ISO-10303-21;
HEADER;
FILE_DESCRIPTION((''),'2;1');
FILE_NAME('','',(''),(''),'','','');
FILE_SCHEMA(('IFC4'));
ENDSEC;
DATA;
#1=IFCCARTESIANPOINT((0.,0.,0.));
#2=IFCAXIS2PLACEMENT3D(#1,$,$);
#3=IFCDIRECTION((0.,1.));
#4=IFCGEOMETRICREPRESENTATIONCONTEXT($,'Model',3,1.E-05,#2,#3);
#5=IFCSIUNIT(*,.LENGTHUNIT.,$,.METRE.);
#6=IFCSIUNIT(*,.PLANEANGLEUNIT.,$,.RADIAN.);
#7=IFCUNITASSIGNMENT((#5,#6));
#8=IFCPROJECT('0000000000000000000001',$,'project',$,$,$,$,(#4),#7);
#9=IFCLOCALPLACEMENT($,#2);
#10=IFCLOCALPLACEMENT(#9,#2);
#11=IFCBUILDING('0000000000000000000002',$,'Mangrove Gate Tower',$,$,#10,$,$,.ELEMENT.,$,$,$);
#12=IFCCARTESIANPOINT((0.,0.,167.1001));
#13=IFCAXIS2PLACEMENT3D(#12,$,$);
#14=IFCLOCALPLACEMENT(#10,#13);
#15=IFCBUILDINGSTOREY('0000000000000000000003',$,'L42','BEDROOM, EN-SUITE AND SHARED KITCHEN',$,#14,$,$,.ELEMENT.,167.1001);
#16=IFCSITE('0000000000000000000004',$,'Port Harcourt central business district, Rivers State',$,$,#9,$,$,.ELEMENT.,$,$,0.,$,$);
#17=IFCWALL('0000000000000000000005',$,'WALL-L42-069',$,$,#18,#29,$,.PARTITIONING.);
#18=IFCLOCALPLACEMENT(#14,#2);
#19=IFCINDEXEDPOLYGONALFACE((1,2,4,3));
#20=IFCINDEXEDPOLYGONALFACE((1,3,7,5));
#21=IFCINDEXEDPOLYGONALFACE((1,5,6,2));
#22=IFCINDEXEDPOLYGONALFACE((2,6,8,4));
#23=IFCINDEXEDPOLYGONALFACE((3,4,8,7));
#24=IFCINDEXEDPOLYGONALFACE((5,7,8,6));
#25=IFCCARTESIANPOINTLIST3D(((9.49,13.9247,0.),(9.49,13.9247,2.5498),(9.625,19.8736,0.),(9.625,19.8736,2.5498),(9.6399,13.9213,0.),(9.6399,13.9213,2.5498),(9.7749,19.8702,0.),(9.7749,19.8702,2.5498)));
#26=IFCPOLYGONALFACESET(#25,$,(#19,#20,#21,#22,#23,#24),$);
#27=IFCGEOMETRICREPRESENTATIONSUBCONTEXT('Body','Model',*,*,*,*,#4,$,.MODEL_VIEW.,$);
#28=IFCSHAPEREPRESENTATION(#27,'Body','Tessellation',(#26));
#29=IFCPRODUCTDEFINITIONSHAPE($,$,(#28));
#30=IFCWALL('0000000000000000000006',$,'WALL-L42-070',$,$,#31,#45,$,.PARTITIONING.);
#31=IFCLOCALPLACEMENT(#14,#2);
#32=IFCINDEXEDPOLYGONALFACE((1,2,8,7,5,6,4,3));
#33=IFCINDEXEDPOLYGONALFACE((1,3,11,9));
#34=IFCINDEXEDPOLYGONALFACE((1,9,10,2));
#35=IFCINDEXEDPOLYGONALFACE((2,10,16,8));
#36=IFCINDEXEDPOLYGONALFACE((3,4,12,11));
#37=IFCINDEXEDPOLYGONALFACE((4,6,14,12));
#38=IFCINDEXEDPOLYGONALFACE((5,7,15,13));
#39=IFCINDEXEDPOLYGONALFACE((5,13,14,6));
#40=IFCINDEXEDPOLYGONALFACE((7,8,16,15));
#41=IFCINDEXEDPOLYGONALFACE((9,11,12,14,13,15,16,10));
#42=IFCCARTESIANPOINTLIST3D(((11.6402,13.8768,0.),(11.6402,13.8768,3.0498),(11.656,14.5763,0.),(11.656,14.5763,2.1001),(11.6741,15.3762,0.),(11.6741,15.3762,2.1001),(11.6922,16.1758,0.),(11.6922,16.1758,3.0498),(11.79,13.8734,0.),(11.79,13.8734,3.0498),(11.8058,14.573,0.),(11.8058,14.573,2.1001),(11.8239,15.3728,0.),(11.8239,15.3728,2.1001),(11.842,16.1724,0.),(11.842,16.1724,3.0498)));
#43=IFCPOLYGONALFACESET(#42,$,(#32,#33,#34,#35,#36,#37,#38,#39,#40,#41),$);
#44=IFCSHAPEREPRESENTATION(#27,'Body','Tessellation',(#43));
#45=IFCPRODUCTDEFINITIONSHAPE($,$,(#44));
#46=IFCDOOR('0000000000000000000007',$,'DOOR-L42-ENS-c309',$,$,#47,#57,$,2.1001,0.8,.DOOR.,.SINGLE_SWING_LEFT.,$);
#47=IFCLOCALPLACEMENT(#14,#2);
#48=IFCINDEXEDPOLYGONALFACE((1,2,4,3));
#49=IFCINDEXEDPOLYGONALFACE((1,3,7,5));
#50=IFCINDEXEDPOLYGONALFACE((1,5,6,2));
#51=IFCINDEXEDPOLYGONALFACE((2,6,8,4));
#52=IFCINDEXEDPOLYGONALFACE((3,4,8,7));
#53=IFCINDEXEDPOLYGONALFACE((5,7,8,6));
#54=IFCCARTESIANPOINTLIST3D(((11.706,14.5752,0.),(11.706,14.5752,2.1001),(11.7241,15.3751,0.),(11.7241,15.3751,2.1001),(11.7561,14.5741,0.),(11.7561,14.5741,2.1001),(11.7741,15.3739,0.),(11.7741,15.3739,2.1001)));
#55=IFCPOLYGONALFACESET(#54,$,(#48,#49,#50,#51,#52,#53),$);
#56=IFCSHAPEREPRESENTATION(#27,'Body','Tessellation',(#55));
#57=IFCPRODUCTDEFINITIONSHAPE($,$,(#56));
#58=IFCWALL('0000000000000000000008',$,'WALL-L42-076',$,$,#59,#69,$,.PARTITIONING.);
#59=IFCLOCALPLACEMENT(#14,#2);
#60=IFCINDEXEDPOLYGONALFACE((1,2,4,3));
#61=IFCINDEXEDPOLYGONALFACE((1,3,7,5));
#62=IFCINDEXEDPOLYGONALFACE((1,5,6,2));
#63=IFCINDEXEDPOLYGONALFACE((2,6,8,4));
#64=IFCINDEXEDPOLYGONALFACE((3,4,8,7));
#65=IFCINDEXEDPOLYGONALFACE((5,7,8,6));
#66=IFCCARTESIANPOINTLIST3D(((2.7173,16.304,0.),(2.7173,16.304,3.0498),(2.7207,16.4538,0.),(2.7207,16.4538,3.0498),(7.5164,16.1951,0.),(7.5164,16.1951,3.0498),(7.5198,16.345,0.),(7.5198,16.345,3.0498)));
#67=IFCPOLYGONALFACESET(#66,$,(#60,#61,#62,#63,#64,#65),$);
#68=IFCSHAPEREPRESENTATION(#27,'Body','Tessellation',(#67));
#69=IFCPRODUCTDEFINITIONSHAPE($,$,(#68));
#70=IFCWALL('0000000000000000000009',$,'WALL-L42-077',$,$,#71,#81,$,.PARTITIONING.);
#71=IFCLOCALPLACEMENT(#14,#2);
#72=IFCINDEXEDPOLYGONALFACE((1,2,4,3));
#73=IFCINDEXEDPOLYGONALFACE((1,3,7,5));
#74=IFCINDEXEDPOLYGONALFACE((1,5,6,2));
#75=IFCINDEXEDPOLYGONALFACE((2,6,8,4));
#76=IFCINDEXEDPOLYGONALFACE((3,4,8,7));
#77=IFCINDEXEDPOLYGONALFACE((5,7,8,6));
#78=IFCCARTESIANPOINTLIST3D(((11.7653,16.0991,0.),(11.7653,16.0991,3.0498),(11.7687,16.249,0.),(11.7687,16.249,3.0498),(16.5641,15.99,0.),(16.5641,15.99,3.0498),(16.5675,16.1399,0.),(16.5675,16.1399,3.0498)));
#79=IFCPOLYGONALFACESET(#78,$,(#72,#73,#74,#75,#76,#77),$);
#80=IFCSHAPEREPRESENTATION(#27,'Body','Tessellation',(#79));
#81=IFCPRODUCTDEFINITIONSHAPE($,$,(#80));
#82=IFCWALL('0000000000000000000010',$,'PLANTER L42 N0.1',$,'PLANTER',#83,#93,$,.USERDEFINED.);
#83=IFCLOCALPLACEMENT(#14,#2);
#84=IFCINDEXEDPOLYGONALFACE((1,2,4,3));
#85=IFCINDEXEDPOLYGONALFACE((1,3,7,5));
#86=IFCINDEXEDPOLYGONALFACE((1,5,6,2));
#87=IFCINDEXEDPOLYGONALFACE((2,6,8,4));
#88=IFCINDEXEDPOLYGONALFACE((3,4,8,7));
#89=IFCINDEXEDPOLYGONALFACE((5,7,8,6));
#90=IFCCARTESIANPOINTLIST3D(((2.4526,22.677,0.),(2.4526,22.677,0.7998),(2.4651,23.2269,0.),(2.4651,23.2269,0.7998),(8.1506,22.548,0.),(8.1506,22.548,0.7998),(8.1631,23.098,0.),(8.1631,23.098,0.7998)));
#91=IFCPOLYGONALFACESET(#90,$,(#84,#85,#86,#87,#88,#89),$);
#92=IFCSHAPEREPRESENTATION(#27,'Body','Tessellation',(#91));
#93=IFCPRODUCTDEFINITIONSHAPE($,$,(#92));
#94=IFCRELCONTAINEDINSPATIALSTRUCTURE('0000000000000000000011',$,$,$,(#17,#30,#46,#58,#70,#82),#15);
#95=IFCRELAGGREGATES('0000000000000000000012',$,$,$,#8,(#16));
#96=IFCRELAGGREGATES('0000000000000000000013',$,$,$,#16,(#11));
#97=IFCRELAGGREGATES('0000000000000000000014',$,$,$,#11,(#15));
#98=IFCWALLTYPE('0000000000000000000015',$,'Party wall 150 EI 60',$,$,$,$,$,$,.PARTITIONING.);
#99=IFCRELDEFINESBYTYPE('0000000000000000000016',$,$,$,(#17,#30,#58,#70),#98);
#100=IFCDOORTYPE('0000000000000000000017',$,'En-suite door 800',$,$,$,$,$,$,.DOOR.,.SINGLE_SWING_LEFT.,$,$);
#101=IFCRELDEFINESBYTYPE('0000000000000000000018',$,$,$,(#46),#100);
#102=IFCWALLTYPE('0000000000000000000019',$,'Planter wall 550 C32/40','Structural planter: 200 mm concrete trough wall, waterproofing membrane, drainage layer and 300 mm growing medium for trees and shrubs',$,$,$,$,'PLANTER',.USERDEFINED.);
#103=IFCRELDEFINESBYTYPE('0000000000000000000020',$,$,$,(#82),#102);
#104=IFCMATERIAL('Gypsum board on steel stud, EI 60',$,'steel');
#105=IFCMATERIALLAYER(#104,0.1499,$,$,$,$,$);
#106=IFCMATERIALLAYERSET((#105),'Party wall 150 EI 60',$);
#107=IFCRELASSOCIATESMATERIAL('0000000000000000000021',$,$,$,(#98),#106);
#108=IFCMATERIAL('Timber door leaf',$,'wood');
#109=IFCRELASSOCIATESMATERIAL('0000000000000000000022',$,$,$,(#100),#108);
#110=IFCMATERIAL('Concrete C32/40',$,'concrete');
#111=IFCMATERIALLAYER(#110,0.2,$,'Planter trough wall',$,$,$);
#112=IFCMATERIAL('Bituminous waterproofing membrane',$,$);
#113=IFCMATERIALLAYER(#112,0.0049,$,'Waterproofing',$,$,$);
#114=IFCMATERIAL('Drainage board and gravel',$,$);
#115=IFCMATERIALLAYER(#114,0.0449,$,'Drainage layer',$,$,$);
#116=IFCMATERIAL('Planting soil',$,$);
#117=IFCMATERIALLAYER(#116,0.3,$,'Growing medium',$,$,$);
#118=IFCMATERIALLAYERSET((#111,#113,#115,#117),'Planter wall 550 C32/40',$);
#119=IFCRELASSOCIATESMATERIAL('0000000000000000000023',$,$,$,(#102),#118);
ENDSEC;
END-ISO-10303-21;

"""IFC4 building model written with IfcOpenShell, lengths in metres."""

from ifc_helpers import new_model, si_unit, direction, frame, frame_2d, origin, place, context, subcontext, project, spatial, rectangle, extrude, material, layer, layer_set, type_object, element, fill, save


model = new_model("IFC4")

# Units and contexts
model_context = context("Model", 3, precision=1e-05, world=origin(), true_north=direction((0.0, 1.0)))
body_context = subcontext(model_context, "Body", "Model", "MODEL_VIEW")
ifc_project = project(units=[si_unit("LENGTHUNIT", "METRE"), si_unit("PLANEANGLEUNIT", "RADIAN")], contexts=[model_context])

# Site, building, storey
site_placement = place(None, origin())
site = spatial("IfcSite", under=ifc_project, at=site_placement, Name="Port Harcourt central business district, Rivers State", CompositionType="ELEMENT", RefElevation=0.0)
building_placement = place(site_placement, origin())
building = spatial("IfcBuilding", under=site, at=building_placement, Name="Mangrove Gate Tower", CompositionType="ELEMENT")
storey_placement = place(building_placement, frame((0.0, 0.0, 167.1001)))
storey = spatial("IfcBuildingStorey", under=building, at=storey_placement, Name="L42", Description="BEDROOM, EN-SUITE AND SHARED KITCHEN", CompositionType="ELEMENT", Elevation=167.1001)

# Shared definitions
ifc_material_1 = material(Name="Gypsum board on steel stud, EI 60", Category="steel")
ifc_layer_1 = layer(ifc_material_1, 0.1499)
ifc_layer_set_1 = layer_set([ifc_layer_1], Name="Party wall 150 EI 60")
wall_type_1 = type_object("IfcWallType", Name="Party wall 150 EI 60", PredefinedType="PARTITIONING", material=ifc_layer_set_1)

# Shared definitions
ifc_material_2 = material(Name="Timber door leaf", Category="wood")
door_type = type_object("IfcDoorType", Name="En-suite door 800", OperationType="SINGLE_SWING_LEFT", PredefinedType="DOOR", material=ifc_material_2)

# Wall
wall_1_placement = place(storey_placement, frame((9.5649, 13.9231, 0.0), z_axis=(0.0, 0.0, 1.0), x_axis=(0.022689, 0.999743, 0.0)))
element("IfcWall", 1, at=wall_1_placement, inside=storey, type_object=wall_type_1, Name="WALL-L42-069", PredefinedType="PARTITIONING", context=body_context, shape_type="SweptSolid", body=[
    extrude(rectangle(XDim=5.9504, YDim=0.1499, at=frame_2d((2.9751, 0.0))), origin(), (0.0, 0.0, 1.0), 2.5498),
])

# Wall, opening, door
wall_2_placement = place(storey_placement, frame((11.7151, 13.875, 0.0), z_axis=(0.0, 0.0, 1.0), x_axis=(0.022613, 0.999744, 0.0)))
wall_2 = element("IfcWall", 2, at=wall_2_placement, inside=storey, type_object=wall_type_1, Name="WALL-L42-070", PredefinedType="PARTITIONING", context=body_context, shape_type="SweptSolid", body=[
    extrude(rectangle(XDim=2.2996, YDim=0.1499, at=frame_2d((1.1499, 0.0))), origin(), (0.0, 0.0, 1.0), 3.0498),
])
opening_1_placement = place(wall_2_placement, frame((0.7, 0.0, 0.0)))
opening_1 = element("IfcOpeningElement", 3, at=opening_1_placement, cuts=wall_2, PredefinedType="OPENING", context=body_context, shape_type="SweptSolid", body=[
    extrude(rectangle(XDim=0.8, YDim=2.1001, at=frame_2d((0.3999, 1.05))), frame((0.0, 0.085, 0.0), z_axis=(0.0, -1.0, 0.0), x_axis=(1.0, 0.0, 0.0)), (0.0, 0.0, 1.0), 0.1699),
])
door_1_placement = place(opening_1_placement, origin())
door_1 = element("IfcDoor", 4, at=door_1_placement, inside=storey, type_object=door_type, Name="DOOR-L42-ENS-c309", OperationType="SINGLE_SWING_LEFT", OverallHeight=2.1001, OverallWidth=0.8, PredefinedType="DOOR", context=body_context, shape_type="SweptSolid", body=[
    extrude(rectangle(XDim=0.8, YDim=2.1001, at=frame_2d((0.3999, 1.05))), frame((0.0, 0.0249, 0.0), z_axis=(0.0, -1.0, 0.0), x_axis=(1.0, 0.0, 0.0)), (0.0, 0.0, 1.0), 0.05),
])
fill(opening_1, door_1)

# Walls
wall_3_placement = place(storey_placement, frame((2.719, 16.3789, 0.0), z_axis=(0.0, 0.0, 1.0), x_axis=(0.999743, -0.022683, 0.0)))
element("IfcWall", 5, at=wall_3_placement, inside=storey, type_object=wall_type_1, Name="WALL-L42-076", PredefinedType="PARTITIONING", context=body_context, shape_type="SweptSolid", body=[
    extrude(rectangle(XDim=4.8003, YDim=0.1499, at=frame_2d((2.4001, 0.0))), origin(), (0.0, 0.0, 1.0), 3.0498),
])
wall_4_placement = place(storey_placement, frame((11.7671, 16.1741, 0.0), z_axis=(0.0, 0.0, 1.0), x_axis=(0.999742, -0.022735, 0.0)))
element("IfcWall", 6, at=wall_4_placement, inside=storey, type_object=wall_type_1, Name="WALL-L42-077", PredefinedType="PARTITIONING", context=body_context, shape_type="SweptSolid", body=[
    extrude(rectangle(XDim=4.8, YDim=0.1499, at=frame_2d((2.3999, 0.0))), origin(), (0.0, 0.0, 1.0), 3.0498),
])
ifc_material_3 = material(Name="Concrete C32/40", Category="concrete")
ifc_layer_2 = layer(ifc_material_3, 0.2, Name="Planter trough wall")
ifc_material_4 = material(Name="Bituminous waterproofing membrane")
ifc_layer_3 = layer(ifc_material_4, 0.0049, Name="Waterproofing")
ifc_material_5 = material(Name="Drainage board and gravel")
ifc_layer_4 = layer(ifc_material_5, 0.0449, Name="Drainage layer")
ifc_material_6 = material(Name="Planting soil")
ifc_layer_5 = layer(ifc_material_6, 0.3, Name="Growing medium")
ifc_layer_set_2 = layer_set([ifc_layer_2, ifc_layer_3, ifc_layer_4, ifc_layer_5], Name="Planter wall 550 C32/40")
wall_type_2 = type_object("IfcWallType", Name="Planter wall 550 C32/40", Description="Structural planter: 200 mm concrete trough wall, waterproofing membrane, drainage layer and 300 mm growing medium for trees and shrubs", ElementType="PLANTER", PredefinedType="USERDEFINED", material=ifc_layer_set_2)
wall_5_placement = place(storey_placement, frame((2.459, 22.9519, 0.0), z_axis=(0.0, 0.0, 1.0), x_axis=(0.999744, -0.022617, 0.0)))
element("IfcWall", 7, at=wall_5_placement, inside=storey, type_object=wall_type_2, Name="PLANTER L42 N0.1", ObjectType="PLANTER", PredefinedType="USERDEFINED", context=body_context, shape_type="SweptSolid", body=[
    extrude(rectangle(XDim=5.6995, YDim=0.55, at=frame_2d((2.8496, 0.0))), origin(), (0.0, 0.0, 1.0), 0.7998),
])

save(model, "model.ifc")
